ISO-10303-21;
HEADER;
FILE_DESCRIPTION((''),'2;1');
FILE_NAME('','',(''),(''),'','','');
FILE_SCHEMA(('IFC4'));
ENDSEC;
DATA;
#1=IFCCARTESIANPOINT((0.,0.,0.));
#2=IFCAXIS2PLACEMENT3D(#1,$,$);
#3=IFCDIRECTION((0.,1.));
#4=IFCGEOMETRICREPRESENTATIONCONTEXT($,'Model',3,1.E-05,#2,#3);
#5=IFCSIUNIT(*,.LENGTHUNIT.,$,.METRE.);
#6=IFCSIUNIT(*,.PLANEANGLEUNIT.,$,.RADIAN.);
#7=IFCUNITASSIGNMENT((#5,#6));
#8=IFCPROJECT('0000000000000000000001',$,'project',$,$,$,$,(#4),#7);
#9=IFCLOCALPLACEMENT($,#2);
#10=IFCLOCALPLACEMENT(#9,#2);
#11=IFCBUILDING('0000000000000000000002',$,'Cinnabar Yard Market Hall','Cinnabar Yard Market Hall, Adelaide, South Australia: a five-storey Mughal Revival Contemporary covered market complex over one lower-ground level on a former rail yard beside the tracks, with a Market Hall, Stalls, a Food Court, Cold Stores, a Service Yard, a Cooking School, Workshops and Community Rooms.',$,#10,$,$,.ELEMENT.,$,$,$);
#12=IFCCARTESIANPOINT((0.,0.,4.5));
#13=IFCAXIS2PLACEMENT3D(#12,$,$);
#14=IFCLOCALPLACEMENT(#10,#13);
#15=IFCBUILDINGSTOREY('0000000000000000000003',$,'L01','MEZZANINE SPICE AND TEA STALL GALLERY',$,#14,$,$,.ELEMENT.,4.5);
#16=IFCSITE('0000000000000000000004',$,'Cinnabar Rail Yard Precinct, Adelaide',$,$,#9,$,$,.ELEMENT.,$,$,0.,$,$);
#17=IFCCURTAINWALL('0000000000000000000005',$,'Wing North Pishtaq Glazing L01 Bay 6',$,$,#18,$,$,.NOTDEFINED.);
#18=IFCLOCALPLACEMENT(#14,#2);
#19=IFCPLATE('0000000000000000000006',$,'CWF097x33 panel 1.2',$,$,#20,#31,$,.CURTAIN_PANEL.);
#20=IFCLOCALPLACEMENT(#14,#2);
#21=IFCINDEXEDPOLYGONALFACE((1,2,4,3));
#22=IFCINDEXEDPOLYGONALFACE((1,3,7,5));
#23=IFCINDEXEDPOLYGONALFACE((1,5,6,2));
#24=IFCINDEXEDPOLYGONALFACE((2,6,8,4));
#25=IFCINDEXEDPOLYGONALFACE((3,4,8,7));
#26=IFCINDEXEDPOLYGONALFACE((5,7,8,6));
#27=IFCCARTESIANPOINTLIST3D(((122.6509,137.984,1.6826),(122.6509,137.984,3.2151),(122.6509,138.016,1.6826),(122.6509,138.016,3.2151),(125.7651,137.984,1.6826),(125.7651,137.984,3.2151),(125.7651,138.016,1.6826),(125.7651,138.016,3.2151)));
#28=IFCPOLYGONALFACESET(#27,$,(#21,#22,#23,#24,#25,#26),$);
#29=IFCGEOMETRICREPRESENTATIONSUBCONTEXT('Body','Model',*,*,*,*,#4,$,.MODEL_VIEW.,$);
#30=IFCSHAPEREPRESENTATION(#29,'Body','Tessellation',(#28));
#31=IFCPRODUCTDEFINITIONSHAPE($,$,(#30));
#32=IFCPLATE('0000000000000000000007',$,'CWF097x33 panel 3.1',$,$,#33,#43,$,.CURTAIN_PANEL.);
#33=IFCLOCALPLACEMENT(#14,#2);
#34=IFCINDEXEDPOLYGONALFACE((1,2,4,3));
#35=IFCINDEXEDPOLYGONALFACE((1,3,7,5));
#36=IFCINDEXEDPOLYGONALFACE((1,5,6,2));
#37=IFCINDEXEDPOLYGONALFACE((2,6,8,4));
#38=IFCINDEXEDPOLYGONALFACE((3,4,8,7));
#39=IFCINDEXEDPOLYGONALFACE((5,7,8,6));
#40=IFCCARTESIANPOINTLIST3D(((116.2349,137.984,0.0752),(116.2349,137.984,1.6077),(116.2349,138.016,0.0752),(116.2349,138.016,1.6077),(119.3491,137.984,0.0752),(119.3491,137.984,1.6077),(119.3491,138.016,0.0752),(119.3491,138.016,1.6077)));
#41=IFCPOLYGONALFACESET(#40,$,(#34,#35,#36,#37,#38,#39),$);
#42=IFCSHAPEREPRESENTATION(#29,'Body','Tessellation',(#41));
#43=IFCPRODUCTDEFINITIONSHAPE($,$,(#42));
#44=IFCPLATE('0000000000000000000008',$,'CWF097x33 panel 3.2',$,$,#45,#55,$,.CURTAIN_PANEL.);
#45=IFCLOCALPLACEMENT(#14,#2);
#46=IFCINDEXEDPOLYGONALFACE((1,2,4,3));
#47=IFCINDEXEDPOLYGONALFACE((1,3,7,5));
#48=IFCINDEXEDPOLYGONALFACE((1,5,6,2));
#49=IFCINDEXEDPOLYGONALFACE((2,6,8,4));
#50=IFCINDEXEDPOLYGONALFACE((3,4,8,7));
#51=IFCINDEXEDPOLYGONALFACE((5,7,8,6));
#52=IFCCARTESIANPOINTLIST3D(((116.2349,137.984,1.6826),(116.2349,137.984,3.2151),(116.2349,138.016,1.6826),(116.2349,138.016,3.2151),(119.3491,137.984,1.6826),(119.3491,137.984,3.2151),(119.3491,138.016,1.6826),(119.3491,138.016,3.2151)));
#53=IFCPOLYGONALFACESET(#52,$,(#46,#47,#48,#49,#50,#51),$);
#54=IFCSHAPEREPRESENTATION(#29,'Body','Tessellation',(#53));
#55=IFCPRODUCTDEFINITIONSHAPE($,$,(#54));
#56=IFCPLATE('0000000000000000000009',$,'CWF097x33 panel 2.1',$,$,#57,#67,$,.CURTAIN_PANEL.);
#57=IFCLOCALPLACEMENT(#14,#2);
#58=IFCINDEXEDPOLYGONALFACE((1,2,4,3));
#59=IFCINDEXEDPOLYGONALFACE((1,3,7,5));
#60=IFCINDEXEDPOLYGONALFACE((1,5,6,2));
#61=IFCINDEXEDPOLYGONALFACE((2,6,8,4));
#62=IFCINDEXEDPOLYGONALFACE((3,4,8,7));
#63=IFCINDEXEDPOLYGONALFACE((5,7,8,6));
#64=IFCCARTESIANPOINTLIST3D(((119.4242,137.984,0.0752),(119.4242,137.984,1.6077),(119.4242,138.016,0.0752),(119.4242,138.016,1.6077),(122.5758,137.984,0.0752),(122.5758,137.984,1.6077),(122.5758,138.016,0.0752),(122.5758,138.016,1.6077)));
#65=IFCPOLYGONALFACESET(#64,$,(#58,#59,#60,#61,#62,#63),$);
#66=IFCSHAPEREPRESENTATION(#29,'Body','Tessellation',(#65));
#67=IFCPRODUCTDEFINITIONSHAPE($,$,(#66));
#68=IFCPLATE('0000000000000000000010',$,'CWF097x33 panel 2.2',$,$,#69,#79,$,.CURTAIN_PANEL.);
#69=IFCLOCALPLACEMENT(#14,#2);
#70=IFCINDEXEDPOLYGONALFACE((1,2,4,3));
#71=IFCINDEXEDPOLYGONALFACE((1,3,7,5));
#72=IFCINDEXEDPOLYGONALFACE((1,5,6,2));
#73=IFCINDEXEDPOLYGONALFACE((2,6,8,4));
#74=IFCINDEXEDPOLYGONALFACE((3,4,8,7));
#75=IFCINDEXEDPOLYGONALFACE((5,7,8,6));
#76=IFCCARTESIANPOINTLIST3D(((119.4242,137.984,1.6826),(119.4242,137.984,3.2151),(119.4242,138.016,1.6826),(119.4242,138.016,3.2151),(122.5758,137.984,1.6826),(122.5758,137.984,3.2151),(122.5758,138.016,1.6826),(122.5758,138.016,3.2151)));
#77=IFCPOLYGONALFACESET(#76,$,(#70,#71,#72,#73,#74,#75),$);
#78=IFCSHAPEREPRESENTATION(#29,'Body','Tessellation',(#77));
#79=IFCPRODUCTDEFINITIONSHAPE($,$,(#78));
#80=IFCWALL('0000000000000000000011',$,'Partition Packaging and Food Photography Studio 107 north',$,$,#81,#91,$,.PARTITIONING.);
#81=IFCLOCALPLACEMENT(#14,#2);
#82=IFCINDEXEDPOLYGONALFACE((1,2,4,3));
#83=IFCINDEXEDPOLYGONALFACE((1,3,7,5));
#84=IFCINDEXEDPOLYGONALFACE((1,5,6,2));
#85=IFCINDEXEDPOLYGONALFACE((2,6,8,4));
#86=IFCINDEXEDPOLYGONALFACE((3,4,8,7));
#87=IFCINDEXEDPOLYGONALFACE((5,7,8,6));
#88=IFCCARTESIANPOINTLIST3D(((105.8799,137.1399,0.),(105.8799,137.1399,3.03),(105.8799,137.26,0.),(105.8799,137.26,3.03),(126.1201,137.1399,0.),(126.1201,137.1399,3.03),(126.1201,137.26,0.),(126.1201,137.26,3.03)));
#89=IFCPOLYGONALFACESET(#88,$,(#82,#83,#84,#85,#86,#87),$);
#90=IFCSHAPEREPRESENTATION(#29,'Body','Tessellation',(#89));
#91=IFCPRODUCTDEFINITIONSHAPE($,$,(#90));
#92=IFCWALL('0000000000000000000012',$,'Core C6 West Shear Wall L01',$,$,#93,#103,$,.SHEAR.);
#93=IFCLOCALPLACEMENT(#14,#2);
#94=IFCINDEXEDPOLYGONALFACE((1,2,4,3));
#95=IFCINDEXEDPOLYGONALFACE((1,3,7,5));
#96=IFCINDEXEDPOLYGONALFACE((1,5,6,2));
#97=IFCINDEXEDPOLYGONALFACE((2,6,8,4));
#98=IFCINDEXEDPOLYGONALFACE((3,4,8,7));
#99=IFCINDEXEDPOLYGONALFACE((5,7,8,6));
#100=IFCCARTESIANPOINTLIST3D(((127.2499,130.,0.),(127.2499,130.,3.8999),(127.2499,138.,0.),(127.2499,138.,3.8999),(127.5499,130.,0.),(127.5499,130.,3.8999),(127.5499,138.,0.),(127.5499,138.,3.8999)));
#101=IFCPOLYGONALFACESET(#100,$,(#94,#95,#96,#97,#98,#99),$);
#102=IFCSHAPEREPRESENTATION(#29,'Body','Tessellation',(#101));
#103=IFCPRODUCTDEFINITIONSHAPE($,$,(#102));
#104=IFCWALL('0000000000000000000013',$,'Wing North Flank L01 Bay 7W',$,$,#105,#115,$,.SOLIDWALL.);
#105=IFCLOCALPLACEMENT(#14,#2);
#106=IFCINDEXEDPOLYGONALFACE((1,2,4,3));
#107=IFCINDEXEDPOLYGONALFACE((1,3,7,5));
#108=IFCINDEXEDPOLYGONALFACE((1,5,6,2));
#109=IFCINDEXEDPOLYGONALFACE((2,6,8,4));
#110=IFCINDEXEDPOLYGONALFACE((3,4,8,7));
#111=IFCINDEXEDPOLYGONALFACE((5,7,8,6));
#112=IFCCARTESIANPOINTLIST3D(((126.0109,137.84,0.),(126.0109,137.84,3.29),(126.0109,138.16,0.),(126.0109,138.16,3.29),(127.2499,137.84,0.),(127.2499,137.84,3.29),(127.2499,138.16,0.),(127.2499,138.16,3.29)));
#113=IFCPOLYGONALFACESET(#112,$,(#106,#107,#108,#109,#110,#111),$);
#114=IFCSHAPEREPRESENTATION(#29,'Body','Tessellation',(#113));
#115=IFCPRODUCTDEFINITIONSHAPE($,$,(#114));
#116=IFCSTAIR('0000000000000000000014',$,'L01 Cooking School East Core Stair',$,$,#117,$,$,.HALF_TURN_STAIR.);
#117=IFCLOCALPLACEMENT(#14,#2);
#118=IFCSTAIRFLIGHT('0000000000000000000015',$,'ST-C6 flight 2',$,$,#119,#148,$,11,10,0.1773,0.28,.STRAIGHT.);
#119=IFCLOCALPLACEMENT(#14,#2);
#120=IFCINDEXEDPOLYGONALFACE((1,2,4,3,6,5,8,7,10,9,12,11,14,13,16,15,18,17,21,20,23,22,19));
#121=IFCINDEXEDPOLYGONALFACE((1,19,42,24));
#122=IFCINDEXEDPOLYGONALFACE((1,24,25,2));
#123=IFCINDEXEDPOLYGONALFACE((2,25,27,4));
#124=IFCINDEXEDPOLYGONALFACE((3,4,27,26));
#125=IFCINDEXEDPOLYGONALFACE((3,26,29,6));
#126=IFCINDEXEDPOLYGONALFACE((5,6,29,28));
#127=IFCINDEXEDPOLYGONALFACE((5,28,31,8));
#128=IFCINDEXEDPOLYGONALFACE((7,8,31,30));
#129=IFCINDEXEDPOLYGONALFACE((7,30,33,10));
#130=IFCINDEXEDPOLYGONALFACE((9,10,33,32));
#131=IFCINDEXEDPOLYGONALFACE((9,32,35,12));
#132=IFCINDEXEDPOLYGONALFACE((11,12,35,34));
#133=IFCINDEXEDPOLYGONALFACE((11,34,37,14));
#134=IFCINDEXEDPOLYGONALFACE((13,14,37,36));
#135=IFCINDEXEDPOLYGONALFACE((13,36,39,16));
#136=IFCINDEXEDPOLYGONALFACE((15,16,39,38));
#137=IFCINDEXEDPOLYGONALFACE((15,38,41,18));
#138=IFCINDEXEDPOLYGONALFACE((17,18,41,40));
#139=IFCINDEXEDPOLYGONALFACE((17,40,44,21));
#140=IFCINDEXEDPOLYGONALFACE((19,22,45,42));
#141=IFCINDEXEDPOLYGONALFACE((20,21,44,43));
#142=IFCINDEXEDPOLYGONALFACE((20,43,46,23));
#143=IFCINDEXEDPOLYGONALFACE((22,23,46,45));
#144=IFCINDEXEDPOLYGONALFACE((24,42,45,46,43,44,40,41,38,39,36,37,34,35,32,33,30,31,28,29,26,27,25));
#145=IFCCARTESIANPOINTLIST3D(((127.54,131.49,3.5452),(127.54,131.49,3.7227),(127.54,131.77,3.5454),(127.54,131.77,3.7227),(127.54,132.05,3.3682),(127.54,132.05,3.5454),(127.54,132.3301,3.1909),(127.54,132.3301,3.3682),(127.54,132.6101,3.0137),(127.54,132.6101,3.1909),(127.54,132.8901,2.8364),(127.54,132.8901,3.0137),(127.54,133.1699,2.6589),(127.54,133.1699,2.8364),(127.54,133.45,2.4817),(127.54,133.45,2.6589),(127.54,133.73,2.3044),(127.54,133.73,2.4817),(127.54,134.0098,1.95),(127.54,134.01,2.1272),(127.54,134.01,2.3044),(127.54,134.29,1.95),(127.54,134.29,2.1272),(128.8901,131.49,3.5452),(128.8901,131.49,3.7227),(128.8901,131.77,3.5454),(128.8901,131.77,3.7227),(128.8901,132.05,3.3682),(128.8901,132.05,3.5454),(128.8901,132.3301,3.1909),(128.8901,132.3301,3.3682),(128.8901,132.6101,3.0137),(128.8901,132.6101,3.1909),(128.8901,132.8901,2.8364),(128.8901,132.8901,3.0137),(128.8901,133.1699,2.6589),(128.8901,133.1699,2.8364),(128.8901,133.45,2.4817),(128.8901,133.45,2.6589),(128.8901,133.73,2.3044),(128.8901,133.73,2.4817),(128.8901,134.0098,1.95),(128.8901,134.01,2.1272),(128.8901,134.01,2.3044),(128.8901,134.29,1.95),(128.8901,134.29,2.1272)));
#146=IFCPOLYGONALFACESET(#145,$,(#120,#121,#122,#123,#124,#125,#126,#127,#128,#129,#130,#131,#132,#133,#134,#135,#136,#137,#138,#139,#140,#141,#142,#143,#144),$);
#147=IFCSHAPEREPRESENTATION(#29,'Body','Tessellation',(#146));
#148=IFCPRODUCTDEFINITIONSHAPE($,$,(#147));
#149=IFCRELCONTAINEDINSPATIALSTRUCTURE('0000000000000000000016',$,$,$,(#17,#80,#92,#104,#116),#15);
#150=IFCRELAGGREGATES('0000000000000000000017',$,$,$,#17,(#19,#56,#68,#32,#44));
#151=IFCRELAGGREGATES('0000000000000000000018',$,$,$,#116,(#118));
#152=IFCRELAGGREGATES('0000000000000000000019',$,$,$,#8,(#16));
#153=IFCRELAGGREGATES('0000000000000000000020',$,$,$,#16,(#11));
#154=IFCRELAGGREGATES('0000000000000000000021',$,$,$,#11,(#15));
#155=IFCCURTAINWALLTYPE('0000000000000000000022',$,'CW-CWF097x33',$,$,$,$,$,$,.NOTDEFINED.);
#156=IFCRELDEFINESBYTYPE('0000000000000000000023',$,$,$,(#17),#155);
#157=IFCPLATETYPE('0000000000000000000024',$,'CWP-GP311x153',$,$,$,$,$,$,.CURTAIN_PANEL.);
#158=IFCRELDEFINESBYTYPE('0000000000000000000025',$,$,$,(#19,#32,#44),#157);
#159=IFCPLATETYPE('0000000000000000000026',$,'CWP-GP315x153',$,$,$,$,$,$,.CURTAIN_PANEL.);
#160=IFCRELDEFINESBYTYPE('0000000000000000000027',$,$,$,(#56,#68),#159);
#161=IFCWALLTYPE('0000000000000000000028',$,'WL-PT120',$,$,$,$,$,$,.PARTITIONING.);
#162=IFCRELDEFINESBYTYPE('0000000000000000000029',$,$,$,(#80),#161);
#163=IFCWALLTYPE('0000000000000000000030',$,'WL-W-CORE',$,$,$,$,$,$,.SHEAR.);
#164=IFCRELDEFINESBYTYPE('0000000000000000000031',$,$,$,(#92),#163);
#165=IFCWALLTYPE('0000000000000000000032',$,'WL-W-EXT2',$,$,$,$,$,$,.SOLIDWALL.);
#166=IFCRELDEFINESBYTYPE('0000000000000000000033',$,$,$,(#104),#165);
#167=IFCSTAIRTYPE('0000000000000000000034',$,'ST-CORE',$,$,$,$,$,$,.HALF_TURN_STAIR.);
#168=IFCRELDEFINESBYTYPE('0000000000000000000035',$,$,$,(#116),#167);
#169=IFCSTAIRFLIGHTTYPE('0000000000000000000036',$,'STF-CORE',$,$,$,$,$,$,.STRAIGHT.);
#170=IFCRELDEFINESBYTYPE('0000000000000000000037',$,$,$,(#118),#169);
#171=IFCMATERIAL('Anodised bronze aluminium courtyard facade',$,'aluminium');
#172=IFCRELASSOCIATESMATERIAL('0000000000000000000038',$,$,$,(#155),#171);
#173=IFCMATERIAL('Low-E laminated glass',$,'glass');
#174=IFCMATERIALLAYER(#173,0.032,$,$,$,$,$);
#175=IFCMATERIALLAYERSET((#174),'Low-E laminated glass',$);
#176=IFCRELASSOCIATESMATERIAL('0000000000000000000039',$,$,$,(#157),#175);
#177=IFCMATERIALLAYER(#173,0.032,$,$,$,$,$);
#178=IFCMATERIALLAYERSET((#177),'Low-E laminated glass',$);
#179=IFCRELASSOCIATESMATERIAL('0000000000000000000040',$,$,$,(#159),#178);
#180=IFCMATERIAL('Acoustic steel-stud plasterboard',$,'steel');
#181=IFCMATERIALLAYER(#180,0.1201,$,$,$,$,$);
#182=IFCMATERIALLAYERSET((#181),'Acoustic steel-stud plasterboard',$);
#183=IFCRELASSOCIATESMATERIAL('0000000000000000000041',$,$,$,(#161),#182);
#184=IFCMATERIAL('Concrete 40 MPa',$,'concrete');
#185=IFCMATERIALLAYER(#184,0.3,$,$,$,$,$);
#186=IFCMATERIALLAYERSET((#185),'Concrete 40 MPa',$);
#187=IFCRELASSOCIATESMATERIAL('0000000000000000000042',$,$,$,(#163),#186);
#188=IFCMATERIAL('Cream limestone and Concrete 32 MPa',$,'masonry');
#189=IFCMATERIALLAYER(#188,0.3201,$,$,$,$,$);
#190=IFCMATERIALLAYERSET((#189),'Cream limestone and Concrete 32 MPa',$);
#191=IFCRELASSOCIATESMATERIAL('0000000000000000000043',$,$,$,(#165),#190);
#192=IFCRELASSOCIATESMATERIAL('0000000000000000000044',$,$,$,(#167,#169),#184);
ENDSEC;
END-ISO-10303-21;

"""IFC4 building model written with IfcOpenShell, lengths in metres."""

from ifc_helpers import new_model, si_unit, direction, frame, frame_2d, origin, origin_2d_with_axis, place, context, subcontext, project, spatial, polyline, rectangle, outline, extrude, material, layer, layer_set, type_object, element, aggregate, save


model = new_model("IFC4")

# Units and contexts
model_context = context("Model", 3, precision=1e-05, world=origin(), true_north=direction((0.0, 1.0)))
body_context = subcontext(model_context, "Body", "Model", "MODEL_VIEW")
ifc_project = project(units=[si_unit("LENGTHUNIT", "METRE"), si_unit("PLANEANGLEUNIT", "RADIAN")], contexts=[model_context])

# Site, building, storey
site_placement = place(None, origin())
site = spatial("IfcSite", under=ifc_project, at=site_placement, Name="Cinnabar Rail Yard Precinct, Adelaide", CompositionType="ELEMENT", RefElevation=0.0)
building_placement = place(site_placement, origin())
building = spatial("IfcBuilding", under=site, at=building_placement, Name="Cinnabar Yard Market Hall", Description="Cinnabar Yard Market Hall, Adelaide, South Australia: a five-storey Mughal Revival Contemporary covered market complex over one lower-ground level on a former rail yard beside the tracks, with a Market Hall, Stalls, a Food Court, Cold Stores, a Service Yard, a Cooking School, Workshops and Community Rooms.", CompositionType="ELEMENT")
storey_placement = place(building_placement, frame((0.0, 0.0, 4.5)))
storey = spatial("IfcBuildingStorey", under=building, at=storey_placement, Name="L01", Description="MEZZANINE SPICE AND TEA STALL GALLERY", CompositionType="ELEMENT", Elevation=4.5)

# Shared definitions
ifc_material_1 = material(Name="Concrete 40 MPa", Category="concrete")

# Curtain wall, plates
ifc_material_2 = material(Name="Anodised bronze aluminium courtyard facade", Category="aluminium")
curtain_wall_type = type_object("IfcCurtainWallType", Name="CW-CWF097x33", PredefinedType="NOTDEFINED", material=ifc_material_2)
curtain_wall_placement = place(storey_placement, origin())
curtain_wall = element("IfcCurtainWall", 1, at=curtain_wall_placement, inside=storey, type_object=curtain_wall_type, Name="Wing North Pishtaq Glazing L01 Bay 6", PredefinedType="NOTDEFINED")
ifc_material_3 = material(Name="Low-E laminated glass", Category="glass")
ifc_layer_1 = layer(ifc_material_3, 0.032)
ifc_layer_set_1 = layer_set([ifc_layer_1], Name="Low-E laminated glass")
plate_type_1 = type_object("IfcPlateType", Name="CWP-GP311x153", PredefinedType="CURTAIN_PANEL", material=ifc_layer_set_1)
plate_1_placement = place(storey_placement, frame((124.208, 138.0, 1.6826), z_axis=(0.0, 0.0, 1.0), x_axis=(-1.0, 0.0, 0.0)))
plate_1 = element("IfcPlate", 2, at=plate_1_placement, type_object=plate_type_1, Name="CWF097x33 panel 1.2", PredefinedType="CURTAIN_PANEL", context=body_context, shape_type="SweptSolid", body=[
    extrude(rectangle(XDim=3.1143, YDim=0.032, at=origin_2d_with_axis()), origin(), (0.0, 0.0, 1.0), 1.5325),
])
plate_2_placement = place(storey_placement, frame((117.792, 138.0, 0.0752), z_axis=(0.0, 0.0, 1.0), x_axis=(-1.0, 0.0, 0.0)))
plate_2 = element("IfcPlate", 3, at=plate_2_placement, type_object=plate_type_1, Name="CWF097x33 panel 3.1", PredefinedType="CURTAIN_PANEL", context=body_context, shape_type="SweptSolid", body=[
    extrude(rectangle(XDim=3.1143, YDim=0.032, at=origin_2d_with_axis()), origin(), (0.0, 0.0, 1.0), 1.5325),
])
plate_3_placement = place(storey_placement, frame((117.792, 138.0, 1.6826), z_axis=(0.0, 0.0, 1.0), x_axis=(-1.0, 0.0, 0.0)))
plate_3 = element("IfcPlate", 4, at=plate_3_placement, type_object=plate_type_1, Name="CWF097x33 panel 3.2", PredefinedType="CURTAIN_PANEL", context=body_context, shape_type="SweptSolid", body=[
    extrude(rectangle(XDim=3.1143, YDim=0.032, at=origin_2d_with_axis()), origin(), (0.0, 0.0, 1.0), 1.5325),
])
ifc_layer_2 = layer(ifc_material_3, 0.032)
ifc_layer_set_2 = layer_set([ifc_layer_2], Name="Low-E laminated glass")
plate_type_2 = type_object("IfcPlateType", Name="CWP-GP315x153", PredefinedType="CURTAIN_PANEL", material=ifc_layer_set_2)
plate_4_placement = place(storey_placement, frame((121.0, 138.0, 0.0752), z_axis=(0.0, 0.0, 1.0), x_axis=(-1.0, 0.0, 0.0)))
plate_4 = element("IfcPlate", 5, at=plate_4_placement, type_object=plate_type_2, Name="CWF097x33 panel 2.1", PredefinedType="CURTAIN_PANEL", context=body_context, shape_type="SweptSolid", body=[
    extrude(rectangle(XDim=3.1516, YDim=0.032, at=origin_2d_with_axis()), origin(), (0.0, 0.0, 1.0), 1.5325),
])
plate_5_placement = place(storey_placement, frame((121.0, 138.0, 1.6826), z_axis=(0.0, 0.0, 1.0), x_axis=(-1.0, 0.0, 0.0)))
plate_5 = element("IfcPlate", 6, at=plate_5_placement, type_object=plate_type_2, Name="CWF097x33 panel 2.2", PredefinedType="CURTAIN_PANEL", context=body_context, shape_type="SweptSolid", body=[
    extrude(rectangle(XDim=3.1516, YDim=0.032, at=origin_2d_with_axis()), origin(), (0.0, 0.0, 1.0), 1.5325),
])
aggregate(curtain_wall, [plate_1, plate_4, plate_5, plate_2, plate_3])

# Walls
ifc_material_4 = material(Name="Acoustic steel-stud plasterboard", Category="steel")
ifc_layer_3 = layer(ifc_material_4, 0.1201)
ifc_layer_set_3 = layer_set([ifc_layer_3], Name="Acoustic steel-stud plasterboard")
wall_type_1 = type_object("IfcWallType", Name="WL-PT120", PredefinedType="PARTITIONING", material=ifc_layer_set_3)
wall_1_placement = place(storey_placement, frame((126.1201, 137.2, 0.0), z_axis=(0.0, 0.0, 1.0), x_axis=(-1.0, 0.0, 0.0)))
element("IfcWall", 7, at=wall_1_placement, inside=storey, type_object=wall_type_1, Name="Partition Packaging and Food Photography Studio 107 north", PredefinedType="PARTITIONING", context=body_context, shape_type="SweptSolid", body=[
    extrude(rectangle(XDim=20.2402, YDim=0.1201, at=frame_2d((10.1201, 0.0), x_axis=(1.0, 0.0))), origin(), (0.0, 0.0, 1.0), 3.03),
])
ifc_layer_4 = layer(ifc_material_1, 0.3)
ifc_layer_set_4 = layer_set([ifc_layer_4], Name="Concrete 40 MPa")
wall_type_2 = type_object("IfcWallType", Name="WL-W-CORE", PredefinedType="SHEAR", material=ifc_layer_set_4)
wall_2_placement = place(storey_placement, frame((127.3999, 138.0, 0.0), z_axis=(0.0, 0.0, 1.0), x_axis=(0.0, -1.0, 0.0)))
element("IfcWall", 8, at=wall_2_placement, inside=storey, type_object=wall_type_2, Name="Core C6 West Shear Wall L01", PredefinedType="SHEAR", context=body_context, shape_type="SweptSolid", body=[
    extrude(rectangle(XDim=8.0, YDim=0.3, at=frame_2d((4.0, 0.0), x_axis=(1.0, 0.0))), origin(), (0.0, 0.0, 1.0), 3.8999),
])

# Wall
ifc_material_5 = material(Name="Cream limestone and Concrete 32 MPa", Category="masonry")
ifc_layer_5 = layer(ifc_material_5, 0.3201)
ifc_layer_set_5 = layer_set([ifc_layer_5], Name="Cream limestone and Concrete 32 MPa")
wall_type_3 = type_object("IfcWallType", Name="WL-W-EXT2", PredefinedType="SOLIDWALL", material=ifc_layer_set_5)
wall_3_placement = place(storey_placement, frame((127.25, 138.0, 0.0), z_axis=(0.0, 0.0, 1.0), x_axis=(-1.0, 0.0, 0.0)))
element("IfcWall", 9, at=wall_3_placement, inside=storey, type_object=wall_type_3, Name="Wing North Flank L01 Bay 7W", PredefinedType="SOLIDWALL", context=body_context, shape_type="SweptSolid", body=[
    extrude(rectangle(XDim=1.239, YDim=0.3201, at=frame_2d((0.6196, 0.0), x_axis=(1.0, 0.0))), origin(), (0.0, 0.0, 1.0), 3.29),
])

# Stair, stair flight
stair_type = type_object("IfcStairType", Name="ST-CORE", PredefinedType="HALF_TURN_STAIR", material=ifc_material_1)
stair_placement = place(storey_placement, origin())
stair = element("IfcStair", 10, at=stair_placement, inside=storey, type_object=stair_type, Name="L01 Cooking School East Core Stair", PredefinedType="HALF_TURN_STAIR")
stair_flight_type = type_object("IfcStairFlightType", Name="STF-CORE", PredefinedType="STRAIGHT", material=ifc_material_1)
stair_flight_placement = place(storey_placement, frame((128.2151, 134.29, 1.95), z_axis=(0.0, 0.0, 1.0), x_axis=(0.0, -1.0, 0.0)))
stair_flight = element("IfcStairFlight", 11, at=stair_flight_placement, type_object=stair_flight_type, Name="ST-C6 flight 2", NumberOfRisers=11, NumberOfTreads=10, PredefinedType="STRAIGHT", RiserHeight=0.1773, TreadLength=0.28, context=body_context, shape_type="SweptSolid", body=[
    extrude(outline(polyline([(0.0, 0.0), (0.0, 0.1772), (0.28, 0.1772), (0.28, 0.3545), (0.5601, 0.3545), (0.5601, 0.5317), (0.8401, 0.5317), (0.8401, 0.709), (1.1201, 0.709), (1.1201, 0.8865), (1.3999, 0.8865), (1.3999, 1.0637), (1.6799, 1.0637), (1.6799, 1.241), (1.96, 1.241), (1.96, 1.4182), (2.24, 1.4182), (2.24, 1.5955), (2.52, 1.5955), (2.52, 1.7727), (2.8, 1.7727), (2.8, 1.95), (2.8, 1.5952), (0.2803, 0.0), (0.0, 0.0)])), frame((0.0, 0.675, 0.0), z_axis=(0.0, -1.0, 0.0), x_axis=(1.0, 0.0, 0.0)), (0.0, 0.0, 1.0), 1.3501),
])
aggregate(stair, [stair_flight])

save(model, "model.ifc")
